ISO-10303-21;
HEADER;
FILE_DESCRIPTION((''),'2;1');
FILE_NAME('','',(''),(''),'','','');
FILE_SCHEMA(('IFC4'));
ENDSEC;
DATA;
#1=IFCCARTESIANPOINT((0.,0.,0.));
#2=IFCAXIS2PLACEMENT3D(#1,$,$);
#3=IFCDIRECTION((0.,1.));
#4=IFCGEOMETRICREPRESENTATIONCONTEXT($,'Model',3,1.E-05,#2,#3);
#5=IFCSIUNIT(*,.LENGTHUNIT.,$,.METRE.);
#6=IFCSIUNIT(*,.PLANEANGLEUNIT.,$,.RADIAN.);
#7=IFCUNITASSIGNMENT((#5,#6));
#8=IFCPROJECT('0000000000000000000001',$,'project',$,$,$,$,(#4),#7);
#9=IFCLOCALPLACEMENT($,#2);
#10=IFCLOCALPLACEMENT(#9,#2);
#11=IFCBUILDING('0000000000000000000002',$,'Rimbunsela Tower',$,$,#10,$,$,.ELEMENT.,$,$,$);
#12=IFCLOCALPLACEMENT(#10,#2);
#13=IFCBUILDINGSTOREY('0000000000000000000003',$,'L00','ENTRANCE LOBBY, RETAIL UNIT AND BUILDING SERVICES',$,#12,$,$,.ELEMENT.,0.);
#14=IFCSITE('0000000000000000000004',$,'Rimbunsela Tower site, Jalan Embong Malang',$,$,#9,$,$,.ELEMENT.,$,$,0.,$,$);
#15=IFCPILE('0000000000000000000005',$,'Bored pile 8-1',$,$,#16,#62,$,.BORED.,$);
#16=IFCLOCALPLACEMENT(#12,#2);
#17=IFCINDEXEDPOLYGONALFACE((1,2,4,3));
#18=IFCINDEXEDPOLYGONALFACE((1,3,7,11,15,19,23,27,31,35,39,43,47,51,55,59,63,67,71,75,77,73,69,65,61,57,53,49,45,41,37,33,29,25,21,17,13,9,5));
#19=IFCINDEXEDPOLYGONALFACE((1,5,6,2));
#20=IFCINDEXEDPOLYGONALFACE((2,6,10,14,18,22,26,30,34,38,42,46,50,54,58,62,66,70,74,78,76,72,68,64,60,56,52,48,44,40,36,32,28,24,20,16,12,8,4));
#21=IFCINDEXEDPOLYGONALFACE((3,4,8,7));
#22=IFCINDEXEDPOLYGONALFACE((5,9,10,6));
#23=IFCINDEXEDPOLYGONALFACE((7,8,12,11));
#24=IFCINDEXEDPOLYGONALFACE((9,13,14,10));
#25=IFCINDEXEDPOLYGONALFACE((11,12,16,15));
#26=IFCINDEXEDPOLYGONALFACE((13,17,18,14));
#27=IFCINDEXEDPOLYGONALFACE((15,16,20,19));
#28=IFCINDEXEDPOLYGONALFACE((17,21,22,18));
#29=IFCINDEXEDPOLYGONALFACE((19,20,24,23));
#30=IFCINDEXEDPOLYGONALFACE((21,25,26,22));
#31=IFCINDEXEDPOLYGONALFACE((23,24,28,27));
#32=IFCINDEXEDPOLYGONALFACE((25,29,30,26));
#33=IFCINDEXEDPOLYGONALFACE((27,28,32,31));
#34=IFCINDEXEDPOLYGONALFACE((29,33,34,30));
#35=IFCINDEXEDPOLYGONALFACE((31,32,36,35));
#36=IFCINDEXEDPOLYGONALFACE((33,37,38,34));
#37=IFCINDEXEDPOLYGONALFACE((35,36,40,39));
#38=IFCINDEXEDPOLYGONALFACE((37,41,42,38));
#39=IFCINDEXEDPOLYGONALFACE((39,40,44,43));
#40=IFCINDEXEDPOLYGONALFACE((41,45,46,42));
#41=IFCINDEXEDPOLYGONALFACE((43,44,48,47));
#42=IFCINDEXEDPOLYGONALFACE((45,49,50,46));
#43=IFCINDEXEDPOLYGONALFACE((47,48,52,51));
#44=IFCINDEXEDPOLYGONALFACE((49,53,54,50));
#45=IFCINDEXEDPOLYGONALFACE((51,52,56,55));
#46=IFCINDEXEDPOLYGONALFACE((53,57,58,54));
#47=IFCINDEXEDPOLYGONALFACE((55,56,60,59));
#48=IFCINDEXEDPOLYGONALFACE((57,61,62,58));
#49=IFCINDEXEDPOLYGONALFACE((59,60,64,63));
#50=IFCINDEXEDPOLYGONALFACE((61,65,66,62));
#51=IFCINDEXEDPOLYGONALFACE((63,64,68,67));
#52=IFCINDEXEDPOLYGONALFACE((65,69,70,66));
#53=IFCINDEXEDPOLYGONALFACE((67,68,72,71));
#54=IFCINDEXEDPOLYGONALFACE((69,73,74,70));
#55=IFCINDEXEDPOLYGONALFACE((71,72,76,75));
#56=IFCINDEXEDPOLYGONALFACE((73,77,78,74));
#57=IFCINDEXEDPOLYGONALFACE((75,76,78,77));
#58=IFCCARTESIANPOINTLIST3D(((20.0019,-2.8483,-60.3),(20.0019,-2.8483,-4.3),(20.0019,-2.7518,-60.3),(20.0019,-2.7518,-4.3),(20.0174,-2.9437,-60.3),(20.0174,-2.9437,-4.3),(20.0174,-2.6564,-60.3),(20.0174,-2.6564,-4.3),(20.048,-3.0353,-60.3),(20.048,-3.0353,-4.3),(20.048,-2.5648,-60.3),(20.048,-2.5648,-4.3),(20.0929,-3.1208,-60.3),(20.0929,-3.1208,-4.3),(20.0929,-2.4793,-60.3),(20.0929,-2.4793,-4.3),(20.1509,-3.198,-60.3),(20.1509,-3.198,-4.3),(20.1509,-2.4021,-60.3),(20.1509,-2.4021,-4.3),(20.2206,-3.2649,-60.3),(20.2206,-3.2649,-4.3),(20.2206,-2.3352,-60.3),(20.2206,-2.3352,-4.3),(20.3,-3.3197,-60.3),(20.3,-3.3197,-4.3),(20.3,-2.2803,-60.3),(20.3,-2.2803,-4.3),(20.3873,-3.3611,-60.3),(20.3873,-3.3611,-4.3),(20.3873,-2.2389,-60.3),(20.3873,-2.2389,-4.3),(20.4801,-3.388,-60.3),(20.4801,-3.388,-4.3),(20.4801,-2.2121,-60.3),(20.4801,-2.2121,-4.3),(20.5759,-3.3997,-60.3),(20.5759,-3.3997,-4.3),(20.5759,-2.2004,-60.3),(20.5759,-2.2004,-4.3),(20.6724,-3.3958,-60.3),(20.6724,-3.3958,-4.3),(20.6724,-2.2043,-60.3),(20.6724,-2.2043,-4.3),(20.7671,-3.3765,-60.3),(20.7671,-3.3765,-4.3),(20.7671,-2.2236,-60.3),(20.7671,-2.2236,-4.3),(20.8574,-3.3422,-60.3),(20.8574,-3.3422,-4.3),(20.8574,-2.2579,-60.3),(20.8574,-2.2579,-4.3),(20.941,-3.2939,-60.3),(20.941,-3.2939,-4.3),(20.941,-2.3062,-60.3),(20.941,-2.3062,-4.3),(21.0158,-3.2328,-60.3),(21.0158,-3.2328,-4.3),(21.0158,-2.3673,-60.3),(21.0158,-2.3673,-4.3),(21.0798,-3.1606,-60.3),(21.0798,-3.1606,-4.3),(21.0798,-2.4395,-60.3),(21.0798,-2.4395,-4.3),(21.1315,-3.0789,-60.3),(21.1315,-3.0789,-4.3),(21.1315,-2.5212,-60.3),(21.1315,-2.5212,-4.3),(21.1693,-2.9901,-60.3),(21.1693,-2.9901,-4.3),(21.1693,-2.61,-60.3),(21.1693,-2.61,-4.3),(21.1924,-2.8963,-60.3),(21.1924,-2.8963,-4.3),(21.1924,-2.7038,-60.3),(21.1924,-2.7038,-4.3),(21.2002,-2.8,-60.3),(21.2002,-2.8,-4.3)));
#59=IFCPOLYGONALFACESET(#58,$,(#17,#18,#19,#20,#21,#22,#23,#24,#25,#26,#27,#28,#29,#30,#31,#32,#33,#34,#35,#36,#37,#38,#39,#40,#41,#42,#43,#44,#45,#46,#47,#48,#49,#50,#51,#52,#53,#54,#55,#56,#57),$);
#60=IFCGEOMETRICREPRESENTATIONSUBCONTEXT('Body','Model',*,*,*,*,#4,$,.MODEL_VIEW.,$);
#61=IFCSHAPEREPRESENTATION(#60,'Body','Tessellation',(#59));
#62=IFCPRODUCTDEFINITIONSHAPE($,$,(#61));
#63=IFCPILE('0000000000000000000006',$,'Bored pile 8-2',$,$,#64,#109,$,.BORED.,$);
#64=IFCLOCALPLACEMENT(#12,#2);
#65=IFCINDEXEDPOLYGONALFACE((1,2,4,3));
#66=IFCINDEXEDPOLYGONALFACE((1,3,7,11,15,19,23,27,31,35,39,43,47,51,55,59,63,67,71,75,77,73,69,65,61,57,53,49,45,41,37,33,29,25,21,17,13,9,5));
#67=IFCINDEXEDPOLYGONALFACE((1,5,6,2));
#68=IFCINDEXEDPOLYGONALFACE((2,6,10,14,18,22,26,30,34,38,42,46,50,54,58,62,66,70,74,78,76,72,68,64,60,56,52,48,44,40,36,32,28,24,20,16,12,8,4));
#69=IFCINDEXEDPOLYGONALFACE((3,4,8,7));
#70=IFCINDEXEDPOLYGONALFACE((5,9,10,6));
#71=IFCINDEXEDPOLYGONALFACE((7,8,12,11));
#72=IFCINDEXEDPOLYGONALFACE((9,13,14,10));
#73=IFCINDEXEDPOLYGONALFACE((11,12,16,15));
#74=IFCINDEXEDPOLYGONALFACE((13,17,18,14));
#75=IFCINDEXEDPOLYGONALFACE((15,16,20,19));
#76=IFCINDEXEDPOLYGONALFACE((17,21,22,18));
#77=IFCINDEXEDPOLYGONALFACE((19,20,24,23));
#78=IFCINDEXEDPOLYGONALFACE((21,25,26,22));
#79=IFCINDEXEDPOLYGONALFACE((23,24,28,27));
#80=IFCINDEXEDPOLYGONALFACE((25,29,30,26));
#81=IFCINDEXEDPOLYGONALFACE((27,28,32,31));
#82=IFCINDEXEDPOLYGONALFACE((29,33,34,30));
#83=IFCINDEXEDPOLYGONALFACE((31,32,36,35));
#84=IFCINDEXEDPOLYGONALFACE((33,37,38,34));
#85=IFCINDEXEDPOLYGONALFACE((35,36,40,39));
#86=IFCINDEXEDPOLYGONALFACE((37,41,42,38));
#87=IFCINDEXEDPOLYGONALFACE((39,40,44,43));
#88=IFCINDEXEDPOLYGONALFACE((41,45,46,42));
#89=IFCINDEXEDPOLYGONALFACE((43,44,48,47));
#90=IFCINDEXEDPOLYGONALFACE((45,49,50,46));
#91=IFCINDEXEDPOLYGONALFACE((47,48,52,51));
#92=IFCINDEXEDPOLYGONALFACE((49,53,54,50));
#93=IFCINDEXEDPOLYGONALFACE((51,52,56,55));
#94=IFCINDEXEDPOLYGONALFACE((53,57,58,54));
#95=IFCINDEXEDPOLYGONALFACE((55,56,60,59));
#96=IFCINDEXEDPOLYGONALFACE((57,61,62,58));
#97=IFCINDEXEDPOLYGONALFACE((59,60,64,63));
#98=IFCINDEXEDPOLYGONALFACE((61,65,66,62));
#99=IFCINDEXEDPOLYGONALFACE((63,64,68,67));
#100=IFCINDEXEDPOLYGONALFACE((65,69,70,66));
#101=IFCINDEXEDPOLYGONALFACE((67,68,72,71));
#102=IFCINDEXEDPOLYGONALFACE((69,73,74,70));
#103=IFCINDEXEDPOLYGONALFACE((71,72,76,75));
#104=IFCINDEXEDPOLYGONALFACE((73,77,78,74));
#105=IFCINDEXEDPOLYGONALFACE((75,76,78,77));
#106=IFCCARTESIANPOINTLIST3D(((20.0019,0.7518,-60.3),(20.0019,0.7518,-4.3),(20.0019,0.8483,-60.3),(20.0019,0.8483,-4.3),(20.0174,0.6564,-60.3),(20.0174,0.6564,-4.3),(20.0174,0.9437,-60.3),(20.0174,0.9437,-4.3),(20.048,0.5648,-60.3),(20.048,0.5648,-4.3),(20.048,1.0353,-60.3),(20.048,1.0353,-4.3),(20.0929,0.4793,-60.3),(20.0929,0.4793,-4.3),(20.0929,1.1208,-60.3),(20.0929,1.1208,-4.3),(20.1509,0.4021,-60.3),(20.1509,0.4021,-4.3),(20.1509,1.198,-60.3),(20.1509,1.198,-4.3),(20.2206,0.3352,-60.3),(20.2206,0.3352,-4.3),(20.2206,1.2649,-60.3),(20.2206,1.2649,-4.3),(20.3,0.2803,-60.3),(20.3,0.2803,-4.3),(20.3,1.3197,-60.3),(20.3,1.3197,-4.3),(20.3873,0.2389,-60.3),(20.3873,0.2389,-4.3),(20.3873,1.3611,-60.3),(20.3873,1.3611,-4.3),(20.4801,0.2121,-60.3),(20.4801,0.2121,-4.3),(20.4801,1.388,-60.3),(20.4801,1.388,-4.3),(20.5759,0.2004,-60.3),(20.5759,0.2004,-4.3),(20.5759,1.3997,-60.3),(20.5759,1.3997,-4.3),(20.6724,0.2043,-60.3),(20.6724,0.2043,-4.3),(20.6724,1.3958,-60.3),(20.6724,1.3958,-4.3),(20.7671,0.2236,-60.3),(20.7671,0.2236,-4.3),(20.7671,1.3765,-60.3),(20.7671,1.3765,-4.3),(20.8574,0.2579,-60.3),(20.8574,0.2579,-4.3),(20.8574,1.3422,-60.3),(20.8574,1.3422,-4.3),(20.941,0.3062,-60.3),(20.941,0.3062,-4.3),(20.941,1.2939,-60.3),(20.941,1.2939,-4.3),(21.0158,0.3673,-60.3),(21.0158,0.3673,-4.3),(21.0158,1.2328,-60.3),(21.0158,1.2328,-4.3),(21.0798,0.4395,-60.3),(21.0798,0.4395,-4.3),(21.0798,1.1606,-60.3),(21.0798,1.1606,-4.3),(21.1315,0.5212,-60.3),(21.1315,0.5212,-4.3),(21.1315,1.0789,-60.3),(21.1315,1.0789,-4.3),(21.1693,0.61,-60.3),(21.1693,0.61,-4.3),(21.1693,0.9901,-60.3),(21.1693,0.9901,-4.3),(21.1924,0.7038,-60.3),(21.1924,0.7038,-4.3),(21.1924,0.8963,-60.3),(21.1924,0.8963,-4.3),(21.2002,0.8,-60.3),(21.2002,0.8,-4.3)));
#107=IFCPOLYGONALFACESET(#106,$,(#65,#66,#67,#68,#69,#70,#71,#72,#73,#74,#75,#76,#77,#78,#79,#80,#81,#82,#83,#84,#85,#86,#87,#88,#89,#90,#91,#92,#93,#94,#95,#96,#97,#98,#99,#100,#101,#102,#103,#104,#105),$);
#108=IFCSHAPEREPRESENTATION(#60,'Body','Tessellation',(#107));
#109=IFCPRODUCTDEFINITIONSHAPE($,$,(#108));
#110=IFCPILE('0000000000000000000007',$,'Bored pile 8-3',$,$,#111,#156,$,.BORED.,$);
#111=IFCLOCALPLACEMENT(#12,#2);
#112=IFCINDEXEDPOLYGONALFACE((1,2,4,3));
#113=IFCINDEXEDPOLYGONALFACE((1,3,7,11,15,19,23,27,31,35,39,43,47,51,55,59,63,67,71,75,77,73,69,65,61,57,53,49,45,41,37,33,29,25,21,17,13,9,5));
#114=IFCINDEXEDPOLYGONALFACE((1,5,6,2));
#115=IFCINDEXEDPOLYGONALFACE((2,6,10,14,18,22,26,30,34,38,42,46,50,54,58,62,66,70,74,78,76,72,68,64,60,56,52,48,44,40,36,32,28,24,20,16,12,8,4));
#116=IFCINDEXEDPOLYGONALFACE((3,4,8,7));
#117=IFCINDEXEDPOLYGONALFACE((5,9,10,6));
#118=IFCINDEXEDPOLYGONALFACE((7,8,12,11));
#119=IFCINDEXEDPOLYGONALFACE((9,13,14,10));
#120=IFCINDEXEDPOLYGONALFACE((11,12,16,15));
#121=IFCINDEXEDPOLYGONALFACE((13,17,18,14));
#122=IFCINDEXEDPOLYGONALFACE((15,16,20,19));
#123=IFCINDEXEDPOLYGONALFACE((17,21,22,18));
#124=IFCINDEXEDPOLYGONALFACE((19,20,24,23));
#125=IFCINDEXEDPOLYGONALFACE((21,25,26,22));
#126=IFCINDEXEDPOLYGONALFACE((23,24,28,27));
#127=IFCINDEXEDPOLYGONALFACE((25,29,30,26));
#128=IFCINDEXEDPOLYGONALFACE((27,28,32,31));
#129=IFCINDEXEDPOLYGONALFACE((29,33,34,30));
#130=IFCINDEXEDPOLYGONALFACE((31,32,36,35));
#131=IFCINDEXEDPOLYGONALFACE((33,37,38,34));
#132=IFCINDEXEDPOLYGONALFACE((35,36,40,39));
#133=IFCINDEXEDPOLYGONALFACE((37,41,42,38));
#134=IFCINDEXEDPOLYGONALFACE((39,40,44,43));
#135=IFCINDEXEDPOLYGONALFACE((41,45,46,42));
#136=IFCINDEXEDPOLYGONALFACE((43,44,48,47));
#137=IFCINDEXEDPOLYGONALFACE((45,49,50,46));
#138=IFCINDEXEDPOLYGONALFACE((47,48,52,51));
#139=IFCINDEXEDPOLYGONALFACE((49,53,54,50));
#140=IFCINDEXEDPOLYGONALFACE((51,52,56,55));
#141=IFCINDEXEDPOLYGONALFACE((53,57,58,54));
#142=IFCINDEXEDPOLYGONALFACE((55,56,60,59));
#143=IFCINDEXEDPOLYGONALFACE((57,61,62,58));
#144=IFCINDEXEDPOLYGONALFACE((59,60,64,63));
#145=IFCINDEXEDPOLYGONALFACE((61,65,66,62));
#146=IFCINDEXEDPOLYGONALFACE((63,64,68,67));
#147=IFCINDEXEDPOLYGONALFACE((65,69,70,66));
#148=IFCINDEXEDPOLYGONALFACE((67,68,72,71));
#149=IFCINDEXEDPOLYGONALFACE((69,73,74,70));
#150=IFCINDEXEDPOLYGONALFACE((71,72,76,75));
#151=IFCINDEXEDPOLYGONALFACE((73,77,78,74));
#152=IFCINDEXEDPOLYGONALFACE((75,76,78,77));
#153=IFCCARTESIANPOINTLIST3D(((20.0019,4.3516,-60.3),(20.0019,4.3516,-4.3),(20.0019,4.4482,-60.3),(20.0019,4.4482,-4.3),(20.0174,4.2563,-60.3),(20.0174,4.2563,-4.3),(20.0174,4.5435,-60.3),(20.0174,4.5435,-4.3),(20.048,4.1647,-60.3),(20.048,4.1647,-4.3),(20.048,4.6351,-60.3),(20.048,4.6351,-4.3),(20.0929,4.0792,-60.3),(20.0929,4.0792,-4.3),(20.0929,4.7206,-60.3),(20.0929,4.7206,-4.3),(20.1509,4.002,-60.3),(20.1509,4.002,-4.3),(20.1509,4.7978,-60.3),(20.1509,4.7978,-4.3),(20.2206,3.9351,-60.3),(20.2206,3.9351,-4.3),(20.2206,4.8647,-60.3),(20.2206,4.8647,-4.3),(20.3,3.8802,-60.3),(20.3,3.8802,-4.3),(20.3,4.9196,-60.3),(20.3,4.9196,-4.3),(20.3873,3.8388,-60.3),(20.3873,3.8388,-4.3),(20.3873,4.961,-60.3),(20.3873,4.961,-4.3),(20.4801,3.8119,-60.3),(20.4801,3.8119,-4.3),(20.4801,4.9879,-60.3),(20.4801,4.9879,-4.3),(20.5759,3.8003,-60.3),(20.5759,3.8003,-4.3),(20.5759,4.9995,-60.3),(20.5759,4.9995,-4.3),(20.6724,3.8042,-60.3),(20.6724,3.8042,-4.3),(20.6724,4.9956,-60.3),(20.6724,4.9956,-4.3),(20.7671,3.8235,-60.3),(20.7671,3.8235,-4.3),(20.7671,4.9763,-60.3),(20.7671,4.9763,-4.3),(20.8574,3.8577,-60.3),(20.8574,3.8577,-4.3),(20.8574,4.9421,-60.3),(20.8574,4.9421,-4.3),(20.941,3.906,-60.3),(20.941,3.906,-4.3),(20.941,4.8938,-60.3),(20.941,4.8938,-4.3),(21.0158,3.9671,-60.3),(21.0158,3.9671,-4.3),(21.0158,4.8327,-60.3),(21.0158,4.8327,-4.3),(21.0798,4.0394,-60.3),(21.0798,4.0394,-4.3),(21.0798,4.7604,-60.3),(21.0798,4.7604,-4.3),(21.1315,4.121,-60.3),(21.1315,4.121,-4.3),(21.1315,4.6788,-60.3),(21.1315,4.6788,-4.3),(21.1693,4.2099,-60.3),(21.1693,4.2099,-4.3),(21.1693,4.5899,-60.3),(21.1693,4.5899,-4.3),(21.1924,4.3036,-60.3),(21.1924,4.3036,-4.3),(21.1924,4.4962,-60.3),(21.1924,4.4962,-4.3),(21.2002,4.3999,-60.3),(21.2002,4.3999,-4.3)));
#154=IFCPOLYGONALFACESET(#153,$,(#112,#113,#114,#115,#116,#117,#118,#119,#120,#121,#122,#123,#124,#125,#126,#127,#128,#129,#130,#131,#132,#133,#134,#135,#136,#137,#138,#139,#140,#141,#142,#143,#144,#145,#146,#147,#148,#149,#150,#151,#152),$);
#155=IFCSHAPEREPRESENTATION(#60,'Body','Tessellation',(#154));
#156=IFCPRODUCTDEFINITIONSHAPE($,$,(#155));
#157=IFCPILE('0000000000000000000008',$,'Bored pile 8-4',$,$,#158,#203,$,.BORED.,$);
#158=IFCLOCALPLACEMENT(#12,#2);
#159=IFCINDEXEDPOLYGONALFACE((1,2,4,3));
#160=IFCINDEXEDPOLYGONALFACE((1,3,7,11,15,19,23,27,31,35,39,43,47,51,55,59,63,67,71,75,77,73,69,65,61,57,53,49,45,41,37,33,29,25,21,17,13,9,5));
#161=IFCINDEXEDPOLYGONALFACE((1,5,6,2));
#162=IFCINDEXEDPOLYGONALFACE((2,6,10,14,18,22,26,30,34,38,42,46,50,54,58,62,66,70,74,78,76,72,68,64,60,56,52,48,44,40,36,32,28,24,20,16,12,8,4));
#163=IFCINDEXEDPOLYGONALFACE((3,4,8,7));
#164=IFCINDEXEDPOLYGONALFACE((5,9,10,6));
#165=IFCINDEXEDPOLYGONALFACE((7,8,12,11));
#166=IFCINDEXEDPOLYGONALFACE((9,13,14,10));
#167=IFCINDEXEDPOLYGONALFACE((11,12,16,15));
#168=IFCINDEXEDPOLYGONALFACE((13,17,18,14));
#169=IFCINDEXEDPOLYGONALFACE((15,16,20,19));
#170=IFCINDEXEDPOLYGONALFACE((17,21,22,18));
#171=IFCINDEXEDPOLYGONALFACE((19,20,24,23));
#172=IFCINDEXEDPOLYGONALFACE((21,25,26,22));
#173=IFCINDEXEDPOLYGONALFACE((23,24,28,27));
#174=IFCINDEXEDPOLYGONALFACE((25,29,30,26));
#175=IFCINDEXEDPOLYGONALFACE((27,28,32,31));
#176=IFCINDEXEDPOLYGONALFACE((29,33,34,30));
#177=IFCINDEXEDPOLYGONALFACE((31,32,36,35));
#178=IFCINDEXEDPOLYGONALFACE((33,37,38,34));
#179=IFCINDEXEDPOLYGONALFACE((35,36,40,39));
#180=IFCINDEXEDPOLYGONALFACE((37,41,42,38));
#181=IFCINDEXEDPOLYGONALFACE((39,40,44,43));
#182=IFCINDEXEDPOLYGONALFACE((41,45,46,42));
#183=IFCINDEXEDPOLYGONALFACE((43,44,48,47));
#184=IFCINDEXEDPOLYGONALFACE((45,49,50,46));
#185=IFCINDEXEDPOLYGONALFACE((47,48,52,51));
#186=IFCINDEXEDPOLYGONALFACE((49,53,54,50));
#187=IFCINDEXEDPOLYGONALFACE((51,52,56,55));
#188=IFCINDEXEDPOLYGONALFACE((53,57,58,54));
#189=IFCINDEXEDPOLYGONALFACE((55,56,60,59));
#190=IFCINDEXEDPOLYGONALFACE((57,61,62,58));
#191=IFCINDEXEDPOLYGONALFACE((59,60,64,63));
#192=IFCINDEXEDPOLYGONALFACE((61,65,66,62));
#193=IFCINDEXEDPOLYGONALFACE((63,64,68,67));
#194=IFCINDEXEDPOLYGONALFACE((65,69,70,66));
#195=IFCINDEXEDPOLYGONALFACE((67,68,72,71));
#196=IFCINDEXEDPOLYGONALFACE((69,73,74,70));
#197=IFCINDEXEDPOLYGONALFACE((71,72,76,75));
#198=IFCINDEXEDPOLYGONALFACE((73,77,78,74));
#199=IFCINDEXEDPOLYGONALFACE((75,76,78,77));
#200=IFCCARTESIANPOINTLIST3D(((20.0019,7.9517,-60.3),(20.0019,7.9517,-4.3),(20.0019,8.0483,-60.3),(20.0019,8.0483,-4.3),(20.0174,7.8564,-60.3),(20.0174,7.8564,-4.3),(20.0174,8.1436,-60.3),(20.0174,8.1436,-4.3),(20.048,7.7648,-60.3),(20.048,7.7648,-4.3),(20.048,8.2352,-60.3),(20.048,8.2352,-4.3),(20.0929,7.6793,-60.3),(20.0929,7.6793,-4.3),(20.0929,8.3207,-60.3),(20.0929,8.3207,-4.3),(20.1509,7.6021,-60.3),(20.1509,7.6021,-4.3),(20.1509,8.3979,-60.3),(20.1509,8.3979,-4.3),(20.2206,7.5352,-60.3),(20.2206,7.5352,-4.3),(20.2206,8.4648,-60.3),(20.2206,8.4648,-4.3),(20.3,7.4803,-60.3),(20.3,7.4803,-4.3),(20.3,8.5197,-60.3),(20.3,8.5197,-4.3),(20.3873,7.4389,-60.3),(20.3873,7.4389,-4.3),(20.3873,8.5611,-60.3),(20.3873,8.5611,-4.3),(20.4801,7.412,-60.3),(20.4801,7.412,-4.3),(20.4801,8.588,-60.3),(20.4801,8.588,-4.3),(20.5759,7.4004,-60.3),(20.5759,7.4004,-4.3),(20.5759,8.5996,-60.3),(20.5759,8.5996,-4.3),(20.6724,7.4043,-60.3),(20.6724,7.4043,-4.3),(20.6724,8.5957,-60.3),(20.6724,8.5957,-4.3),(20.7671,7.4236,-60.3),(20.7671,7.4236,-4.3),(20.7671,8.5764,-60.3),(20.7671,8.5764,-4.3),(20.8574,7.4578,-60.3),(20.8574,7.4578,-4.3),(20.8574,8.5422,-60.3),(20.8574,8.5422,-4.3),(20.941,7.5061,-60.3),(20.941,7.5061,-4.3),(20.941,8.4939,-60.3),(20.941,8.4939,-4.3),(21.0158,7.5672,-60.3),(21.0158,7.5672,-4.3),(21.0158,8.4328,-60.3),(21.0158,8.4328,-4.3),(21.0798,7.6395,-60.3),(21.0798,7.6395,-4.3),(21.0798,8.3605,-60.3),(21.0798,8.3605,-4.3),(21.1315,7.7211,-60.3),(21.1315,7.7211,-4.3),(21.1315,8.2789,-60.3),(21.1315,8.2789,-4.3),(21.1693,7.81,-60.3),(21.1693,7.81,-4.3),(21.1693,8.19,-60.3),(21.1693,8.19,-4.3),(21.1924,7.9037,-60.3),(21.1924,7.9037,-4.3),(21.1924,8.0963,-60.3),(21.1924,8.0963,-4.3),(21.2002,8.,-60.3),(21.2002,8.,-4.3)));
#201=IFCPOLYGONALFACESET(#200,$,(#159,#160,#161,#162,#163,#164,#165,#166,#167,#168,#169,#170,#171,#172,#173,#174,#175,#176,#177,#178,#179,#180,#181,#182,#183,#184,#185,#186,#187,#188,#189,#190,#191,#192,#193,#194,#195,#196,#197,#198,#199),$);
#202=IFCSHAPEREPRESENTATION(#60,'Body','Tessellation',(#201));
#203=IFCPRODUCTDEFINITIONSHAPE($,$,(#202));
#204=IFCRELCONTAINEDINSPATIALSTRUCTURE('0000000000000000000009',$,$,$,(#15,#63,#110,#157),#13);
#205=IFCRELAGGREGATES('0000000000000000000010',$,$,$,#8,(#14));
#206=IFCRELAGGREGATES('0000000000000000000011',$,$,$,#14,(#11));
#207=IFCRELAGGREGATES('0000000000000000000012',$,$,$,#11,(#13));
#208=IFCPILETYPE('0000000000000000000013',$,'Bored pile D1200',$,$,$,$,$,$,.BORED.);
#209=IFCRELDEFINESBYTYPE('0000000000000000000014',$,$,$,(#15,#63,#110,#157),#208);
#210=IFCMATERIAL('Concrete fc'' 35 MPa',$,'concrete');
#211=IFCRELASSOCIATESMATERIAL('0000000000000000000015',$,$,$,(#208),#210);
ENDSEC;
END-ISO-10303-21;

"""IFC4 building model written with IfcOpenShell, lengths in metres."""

from ifc_helpers import new_model, si_unit, direction, frame, origin, origin_2d, place, context, subcontext, project, spatial, circle, extrude, material, material_profile, profile_set, type_object, element, save


model = new_model("IFC4")

# Units and contexts
model_context = context("Model", 3, precision=1e-05, world=origin(), true_north=direction((0.0, 1.0)))
body_context = subcontext(model_context, "Body", "Model", "MODEL_VIEW")
ifc_project = project(units=[si_unit("LENGTHUNIT", "METRE"), si_unit("PLANEANGLEUNIT", "RADIAN")], contexts=[model_context])

# Site, building, storey
site_placement = place(None, origin())
site = spatial("IfcSite", under=ifc_project, at=site_placement, Name="Rimbunsela Tower site, Jalan Embong Malang", CompositionType="ELEMENT", RefElevation=0.0)
building_placement = place(site_placement, origin())
building = spatial("IfcBuilding", under=site, at=building_placement, Name="Rimbunsela Tower", CompositionType="ELEMENT")
storey_placement = place(building_placement, origin())
storey = spatial("IfcBuildingStorey", under=building, at=storey_placement, Name="L00", Description="ENTRANCE LOBBY, RETAIL UNIT AND BUILDING SERVICES", CompositionType="ELEMENT", Elevation=0.0)

# Piles
ifc_material_1 = material(Name="Concrete fc' 35 MPa", Category="concrete")
ifc_material_profile_1 = material_profile(ifc_material_1, circle(Radius=0.6001, at=origin_2d()), Name="BP D1200")
ifc_profile_set_1 = profile_set([ifc_material_profile_1], Name="Concrete fc' 35 MPa")
pile_type = type_object("IfcPileType", Name="Bored pile D1200", PredefinedType="BORED", material=ifc_profile_set_1)
for number, where, z_axis, x_axis, name in (
    (1, (20.6001, -2.8, -4.3), (0.0, 0.0, -1.0), (1.0, 0.0, 0.0), "Bored pile 8-1"),
    (2, (20.6001, 0.8, -4.3), (0.0, 0.0, -1.0), (1.0, 0.0, 0.0), "Bored pile 8-2"),
    (3, (20.6001, 4.3999, -4.3), (0.0, 0.0, -1.0), (1.0, 0.0, 0.0), "Bored pile 8-3"),
    (4, (20.6001, 8.0, -4.3), (0.0, 0.0, -1.0), (1.0, 0.0, 0.0), "Bored pile 8-4"),
):
    element("IfcPile", number, at=place(storey_placement, frame(where, z_axis=z_axis, x_axis=x_axis)), inside=storey, type_object=pile_type, Name=name, PredefinedType="BORED", context=body_context, shape_type="SweptSolid", body=[
        extrude(circle(Radius=0.6001, at=origin_2d()), origin(), (0.0, 0.0, 1.0), 56.0),
    ])

save(model, "model.ifc")
